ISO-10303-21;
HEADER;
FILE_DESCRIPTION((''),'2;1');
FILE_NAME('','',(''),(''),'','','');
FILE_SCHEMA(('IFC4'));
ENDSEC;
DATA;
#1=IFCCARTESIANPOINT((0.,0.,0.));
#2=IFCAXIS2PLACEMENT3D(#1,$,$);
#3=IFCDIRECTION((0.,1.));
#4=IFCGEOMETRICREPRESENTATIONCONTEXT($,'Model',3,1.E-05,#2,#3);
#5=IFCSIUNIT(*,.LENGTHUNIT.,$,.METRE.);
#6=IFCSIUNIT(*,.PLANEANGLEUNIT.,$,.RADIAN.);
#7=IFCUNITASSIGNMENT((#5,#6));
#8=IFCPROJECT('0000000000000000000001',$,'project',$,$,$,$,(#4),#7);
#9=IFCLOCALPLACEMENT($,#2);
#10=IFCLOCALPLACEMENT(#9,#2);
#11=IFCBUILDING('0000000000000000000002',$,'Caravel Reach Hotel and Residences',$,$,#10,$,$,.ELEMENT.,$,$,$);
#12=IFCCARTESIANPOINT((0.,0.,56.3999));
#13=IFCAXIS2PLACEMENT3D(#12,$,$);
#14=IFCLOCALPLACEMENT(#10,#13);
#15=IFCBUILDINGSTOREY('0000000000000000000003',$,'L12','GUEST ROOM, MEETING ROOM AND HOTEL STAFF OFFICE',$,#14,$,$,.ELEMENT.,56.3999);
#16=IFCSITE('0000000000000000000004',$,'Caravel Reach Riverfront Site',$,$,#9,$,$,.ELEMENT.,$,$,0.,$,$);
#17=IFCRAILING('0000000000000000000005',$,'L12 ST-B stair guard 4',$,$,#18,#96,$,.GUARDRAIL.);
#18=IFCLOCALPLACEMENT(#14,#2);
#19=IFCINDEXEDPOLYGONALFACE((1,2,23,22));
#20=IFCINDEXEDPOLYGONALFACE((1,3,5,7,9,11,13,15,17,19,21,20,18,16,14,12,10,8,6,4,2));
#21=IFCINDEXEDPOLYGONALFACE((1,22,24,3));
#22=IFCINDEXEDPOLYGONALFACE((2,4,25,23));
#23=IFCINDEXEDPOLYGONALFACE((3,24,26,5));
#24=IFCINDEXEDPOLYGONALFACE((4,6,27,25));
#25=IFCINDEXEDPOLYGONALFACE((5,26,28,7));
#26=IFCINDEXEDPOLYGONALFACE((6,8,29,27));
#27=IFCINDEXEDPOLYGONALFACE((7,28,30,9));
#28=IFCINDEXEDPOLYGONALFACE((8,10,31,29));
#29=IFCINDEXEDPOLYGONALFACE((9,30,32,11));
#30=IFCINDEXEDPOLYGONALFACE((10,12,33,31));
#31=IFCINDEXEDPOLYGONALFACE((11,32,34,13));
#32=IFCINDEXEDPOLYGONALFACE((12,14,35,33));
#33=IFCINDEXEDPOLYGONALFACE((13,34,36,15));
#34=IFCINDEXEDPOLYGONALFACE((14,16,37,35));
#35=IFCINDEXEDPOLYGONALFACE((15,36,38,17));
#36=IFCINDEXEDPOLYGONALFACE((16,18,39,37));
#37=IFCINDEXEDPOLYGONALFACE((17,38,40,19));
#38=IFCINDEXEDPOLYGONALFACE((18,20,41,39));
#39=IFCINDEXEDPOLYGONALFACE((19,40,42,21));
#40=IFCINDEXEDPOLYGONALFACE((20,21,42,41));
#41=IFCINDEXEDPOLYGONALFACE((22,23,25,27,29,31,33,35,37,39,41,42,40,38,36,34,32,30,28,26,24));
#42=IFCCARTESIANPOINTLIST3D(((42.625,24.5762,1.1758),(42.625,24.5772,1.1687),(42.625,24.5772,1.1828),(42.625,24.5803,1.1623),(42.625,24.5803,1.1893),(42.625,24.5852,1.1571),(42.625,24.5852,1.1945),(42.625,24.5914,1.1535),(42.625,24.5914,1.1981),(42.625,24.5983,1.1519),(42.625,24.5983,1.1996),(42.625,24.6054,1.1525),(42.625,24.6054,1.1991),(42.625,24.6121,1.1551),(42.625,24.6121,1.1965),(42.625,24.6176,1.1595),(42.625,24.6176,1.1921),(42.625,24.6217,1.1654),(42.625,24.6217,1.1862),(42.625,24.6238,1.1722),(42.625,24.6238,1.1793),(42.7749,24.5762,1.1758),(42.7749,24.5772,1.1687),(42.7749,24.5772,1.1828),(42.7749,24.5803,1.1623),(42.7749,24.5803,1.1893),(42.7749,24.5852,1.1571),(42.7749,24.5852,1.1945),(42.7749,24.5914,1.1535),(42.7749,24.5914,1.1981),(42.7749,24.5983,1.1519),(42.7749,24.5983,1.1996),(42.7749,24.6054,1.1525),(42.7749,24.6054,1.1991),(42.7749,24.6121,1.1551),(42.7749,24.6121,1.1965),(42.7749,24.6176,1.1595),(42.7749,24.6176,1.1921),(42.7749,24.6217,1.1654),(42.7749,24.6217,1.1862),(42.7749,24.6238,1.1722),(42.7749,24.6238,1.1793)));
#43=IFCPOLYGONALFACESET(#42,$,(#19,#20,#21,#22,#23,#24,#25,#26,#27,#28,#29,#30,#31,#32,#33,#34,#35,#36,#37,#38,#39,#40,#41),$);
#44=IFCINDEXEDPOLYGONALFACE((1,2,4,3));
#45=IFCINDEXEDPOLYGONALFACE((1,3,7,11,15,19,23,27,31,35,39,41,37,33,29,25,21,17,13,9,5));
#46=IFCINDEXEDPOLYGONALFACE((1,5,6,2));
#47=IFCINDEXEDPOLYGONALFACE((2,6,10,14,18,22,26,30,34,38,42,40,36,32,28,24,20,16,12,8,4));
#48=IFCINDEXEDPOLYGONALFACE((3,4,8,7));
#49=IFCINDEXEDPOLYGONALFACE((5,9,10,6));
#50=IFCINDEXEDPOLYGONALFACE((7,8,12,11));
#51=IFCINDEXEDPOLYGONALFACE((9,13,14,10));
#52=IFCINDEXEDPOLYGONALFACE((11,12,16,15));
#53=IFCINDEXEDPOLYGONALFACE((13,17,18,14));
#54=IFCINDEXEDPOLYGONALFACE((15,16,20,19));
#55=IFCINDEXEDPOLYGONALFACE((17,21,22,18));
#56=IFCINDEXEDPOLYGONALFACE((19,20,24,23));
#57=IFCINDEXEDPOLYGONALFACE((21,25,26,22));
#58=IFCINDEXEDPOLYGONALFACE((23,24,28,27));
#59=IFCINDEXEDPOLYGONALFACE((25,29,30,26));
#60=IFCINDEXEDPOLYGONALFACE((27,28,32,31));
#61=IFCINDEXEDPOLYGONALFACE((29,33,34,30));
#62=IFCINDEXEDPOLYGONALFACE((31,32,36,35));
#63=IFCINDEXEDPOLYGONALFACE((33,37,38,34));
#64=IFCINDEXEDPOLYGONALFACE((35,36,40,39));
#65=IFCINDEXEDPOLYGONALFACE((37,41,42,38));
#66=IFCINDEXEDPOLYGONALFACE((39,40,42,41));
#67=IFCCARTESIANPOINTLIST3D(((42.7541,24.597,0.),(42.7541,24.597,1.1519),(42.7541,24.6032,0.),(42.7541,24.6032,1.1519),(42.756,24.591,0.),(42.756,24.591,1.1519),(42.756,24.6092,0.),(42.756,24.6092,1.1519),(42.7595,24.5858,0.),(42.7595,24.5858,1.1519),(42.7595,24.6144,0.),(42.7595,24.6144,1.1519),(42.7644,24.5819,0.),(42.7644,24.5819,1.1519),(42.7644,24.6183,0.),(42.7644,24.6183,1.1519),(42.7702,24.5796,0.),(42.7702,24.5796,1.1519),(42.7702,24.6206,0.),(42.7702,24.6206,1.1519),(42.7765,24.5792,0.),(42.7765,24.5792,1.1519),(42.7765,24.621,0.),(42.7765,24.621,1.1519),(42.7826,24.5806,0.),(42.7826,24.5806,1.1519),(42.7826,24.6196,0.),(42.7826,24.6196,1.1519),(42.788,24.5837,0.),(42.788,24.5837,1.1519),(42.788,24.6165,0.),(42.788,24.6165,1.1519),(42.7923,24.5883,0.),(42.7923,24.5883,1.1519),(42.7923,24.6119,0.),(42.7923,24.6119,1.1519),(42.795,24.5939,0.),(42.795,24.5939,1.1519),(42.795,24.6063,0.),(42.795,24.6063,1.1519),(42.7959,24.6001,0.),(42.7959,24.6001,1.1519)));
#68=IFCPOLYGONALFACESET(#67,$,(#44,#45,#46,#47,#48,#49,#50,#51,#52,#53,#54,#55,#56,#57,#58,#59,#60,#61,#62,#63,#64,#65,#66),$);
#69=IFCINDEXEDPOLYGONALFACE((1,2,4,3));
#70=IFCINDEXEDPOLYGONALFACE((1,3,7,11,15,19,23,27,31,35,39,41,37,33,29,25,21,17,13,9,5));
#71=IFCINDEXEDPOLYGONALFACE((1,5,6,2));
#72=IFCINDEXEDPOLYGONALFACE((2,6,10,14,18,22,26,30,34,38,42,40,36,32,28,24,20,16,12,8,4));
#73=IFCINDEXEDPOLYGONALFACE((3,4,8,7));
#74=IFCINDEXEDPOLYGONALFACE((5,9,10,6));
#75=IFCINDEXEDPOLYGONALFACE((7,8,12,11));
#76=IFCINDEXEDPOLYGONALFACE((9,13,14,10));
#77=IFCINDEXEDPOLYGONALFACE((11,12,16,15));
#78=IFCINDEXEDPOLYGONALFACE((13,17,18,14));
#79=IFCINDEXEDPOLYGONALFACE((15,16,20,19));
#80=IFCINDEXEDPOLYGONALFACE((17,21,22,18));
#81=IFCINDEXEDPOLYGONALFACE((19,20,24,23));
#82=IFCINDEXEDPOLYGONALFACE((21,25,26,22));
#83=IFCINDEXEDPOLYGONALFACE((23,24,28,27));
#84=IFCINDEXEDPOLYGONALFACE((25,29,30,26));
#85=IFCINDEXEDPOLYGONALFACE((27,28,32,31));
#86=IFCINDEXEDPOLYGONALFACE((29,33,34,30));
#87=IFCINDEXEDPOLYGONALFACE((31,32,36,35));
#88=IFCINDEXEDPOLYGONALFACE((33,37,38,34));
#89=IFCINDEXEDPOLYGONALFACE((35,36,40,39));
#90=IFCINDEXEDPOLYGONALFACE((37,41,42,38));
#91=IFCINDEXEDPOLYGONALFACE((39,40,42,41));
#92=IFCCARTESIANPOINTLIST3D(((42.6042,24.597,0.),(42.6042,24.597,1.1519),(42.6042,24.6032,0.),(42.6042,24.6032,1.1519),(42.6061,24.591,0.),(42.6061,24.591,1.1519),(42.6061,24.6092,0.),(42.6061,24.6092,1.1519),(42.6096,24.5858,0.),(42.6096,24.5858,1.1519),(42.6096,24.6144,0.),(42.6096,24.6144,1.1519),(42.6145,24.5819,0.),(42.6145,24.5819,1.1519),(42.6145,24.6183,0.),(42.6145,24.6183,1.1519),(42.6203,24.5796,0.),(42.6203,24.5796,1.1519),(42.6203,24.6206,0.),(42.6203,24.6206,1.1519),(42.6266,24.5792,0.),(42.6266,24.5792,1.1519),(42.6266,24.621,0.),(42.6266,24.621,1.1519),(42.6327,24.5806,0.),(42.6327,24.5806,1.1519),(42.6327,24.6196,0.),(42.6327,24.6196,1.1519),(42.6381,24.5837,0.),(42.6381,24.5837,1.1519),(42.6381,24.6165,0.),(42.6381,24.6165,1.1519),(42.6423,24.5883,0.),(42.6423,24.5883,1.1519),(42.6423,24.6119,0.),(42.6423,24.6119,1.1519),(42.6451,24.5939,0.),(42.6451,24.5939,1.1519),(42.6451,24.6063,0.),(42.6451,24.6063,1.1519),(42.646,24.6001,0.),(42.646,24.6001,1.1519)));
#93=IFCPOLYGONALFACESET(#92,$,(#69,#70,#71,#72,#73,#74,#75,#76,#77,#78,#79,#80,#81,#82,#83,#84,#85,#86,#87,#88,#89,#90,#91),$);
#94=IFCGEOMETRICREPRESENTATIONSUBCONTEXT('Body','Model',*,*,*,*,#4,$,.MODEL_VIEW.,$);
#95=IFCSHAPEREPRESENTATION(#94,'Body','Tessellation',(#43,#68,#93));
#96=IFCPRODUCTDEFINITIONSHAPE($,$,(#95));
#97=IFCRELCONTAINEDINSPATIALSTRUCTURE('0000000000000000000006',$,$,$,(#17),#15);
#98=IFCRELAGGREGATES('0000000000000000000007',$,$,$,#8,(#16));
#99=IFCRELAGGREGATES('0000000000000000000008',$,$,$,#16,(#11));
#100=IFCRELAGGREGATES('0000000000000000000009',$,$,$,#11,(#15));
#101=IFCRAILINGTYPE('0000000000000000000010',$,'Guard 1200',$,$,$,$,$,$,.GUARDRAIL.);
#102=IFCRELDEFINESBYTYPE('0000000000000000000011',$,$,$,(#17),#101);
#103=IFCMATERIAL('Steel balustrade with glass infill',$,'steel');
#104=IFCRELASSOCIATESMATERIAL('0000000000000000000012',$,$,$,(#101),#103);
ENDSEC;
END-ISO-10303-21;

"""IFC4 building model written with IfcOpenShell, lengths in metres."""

from ifc_helpers import new_model, si_unit, direction, frame, origin, origin_2d, place, context, subcontext, project, spatial, circle, extrude, material, type_object, element, save


model = new_model("IFC4")

# Units and contexts
model_context = context("Model", 3, precision=1e-05, world=origin(), true_north=direction((0.0, 1.0)))
body_context = subcontext(model_context, "Body", "Model", "MODEL_VIEW")
ifc_project = project(units=[si_unit("LENGTHUNIT", "METRE"), si_unit("PLANEANGLEUNIT", "RADIAN")], contexts=[model_context])

# Site, building, storey
site_placement = place(None, origin())
site = spatial("IfcSite", under=ifc_project, at=site_placement, Name="Caravel Reach Riverfront Site", CompositionType="ELEMENT", RefElevation=0.0)
building_placement = place(site_placement, origin())
building = spatial("IfcBuilding", under=site, at=building_placement, Name="Caravel Reach Hotel and Residences", CompositionType="ELEMENT")
storey_placement = place(building_placement, frame((0.0, 0.0, 56.3999)))
storey = spatial("IfcBuildingStorey", under=building, at=storey_placement, Name="L12", Description="GUEST ROOM, MEETING ROOM AND HOTEL STAFF OFFICE", CompositionType="ELEMENT", Elevation=56.3999)

# Railing
ifc_material_1 = material(Name="Steel balustrade with glass infill", Category="steel")
railing_type_1 = type_object("IfcRailingType", Name="Guard 1200", PredefinedType="GUARDRAIL", material=ifc_material_1)
railing_1_placement = place(storey_placement, frame((42.7749, 24.6001, 0.0)))
element("IfcRailing", 1, at=railing_1_placement, inside=storey, type_object=railing_type_1, Name="L12 ST-B stair guard 4", PredefinedType="GUARDRAIL", context=body_context, shape_type="SweptSolid", body=[
    extrude(circle(Radius=0.0239, at=origin_2d()), frame((0.0, 0.0, 1.1758), z_axis=(-1.0, 0.0, 0.0), x_axis=(0.0, -1.0, 0.0)), (0.0, 0.0, 1.0), 0.1499),
    extrude(circle(Radius=0.021, at=origin_2d()), origin(), (0.0, 0.0, 1.0), 1.1519),
    extrude(circle(Radius=0.021, at=origin_2d()), frame((-0.1499, 0.0, 0.0)), (0.0, 0.0, 1.0), 1.1519),
])

save(model, "model.ifc")
